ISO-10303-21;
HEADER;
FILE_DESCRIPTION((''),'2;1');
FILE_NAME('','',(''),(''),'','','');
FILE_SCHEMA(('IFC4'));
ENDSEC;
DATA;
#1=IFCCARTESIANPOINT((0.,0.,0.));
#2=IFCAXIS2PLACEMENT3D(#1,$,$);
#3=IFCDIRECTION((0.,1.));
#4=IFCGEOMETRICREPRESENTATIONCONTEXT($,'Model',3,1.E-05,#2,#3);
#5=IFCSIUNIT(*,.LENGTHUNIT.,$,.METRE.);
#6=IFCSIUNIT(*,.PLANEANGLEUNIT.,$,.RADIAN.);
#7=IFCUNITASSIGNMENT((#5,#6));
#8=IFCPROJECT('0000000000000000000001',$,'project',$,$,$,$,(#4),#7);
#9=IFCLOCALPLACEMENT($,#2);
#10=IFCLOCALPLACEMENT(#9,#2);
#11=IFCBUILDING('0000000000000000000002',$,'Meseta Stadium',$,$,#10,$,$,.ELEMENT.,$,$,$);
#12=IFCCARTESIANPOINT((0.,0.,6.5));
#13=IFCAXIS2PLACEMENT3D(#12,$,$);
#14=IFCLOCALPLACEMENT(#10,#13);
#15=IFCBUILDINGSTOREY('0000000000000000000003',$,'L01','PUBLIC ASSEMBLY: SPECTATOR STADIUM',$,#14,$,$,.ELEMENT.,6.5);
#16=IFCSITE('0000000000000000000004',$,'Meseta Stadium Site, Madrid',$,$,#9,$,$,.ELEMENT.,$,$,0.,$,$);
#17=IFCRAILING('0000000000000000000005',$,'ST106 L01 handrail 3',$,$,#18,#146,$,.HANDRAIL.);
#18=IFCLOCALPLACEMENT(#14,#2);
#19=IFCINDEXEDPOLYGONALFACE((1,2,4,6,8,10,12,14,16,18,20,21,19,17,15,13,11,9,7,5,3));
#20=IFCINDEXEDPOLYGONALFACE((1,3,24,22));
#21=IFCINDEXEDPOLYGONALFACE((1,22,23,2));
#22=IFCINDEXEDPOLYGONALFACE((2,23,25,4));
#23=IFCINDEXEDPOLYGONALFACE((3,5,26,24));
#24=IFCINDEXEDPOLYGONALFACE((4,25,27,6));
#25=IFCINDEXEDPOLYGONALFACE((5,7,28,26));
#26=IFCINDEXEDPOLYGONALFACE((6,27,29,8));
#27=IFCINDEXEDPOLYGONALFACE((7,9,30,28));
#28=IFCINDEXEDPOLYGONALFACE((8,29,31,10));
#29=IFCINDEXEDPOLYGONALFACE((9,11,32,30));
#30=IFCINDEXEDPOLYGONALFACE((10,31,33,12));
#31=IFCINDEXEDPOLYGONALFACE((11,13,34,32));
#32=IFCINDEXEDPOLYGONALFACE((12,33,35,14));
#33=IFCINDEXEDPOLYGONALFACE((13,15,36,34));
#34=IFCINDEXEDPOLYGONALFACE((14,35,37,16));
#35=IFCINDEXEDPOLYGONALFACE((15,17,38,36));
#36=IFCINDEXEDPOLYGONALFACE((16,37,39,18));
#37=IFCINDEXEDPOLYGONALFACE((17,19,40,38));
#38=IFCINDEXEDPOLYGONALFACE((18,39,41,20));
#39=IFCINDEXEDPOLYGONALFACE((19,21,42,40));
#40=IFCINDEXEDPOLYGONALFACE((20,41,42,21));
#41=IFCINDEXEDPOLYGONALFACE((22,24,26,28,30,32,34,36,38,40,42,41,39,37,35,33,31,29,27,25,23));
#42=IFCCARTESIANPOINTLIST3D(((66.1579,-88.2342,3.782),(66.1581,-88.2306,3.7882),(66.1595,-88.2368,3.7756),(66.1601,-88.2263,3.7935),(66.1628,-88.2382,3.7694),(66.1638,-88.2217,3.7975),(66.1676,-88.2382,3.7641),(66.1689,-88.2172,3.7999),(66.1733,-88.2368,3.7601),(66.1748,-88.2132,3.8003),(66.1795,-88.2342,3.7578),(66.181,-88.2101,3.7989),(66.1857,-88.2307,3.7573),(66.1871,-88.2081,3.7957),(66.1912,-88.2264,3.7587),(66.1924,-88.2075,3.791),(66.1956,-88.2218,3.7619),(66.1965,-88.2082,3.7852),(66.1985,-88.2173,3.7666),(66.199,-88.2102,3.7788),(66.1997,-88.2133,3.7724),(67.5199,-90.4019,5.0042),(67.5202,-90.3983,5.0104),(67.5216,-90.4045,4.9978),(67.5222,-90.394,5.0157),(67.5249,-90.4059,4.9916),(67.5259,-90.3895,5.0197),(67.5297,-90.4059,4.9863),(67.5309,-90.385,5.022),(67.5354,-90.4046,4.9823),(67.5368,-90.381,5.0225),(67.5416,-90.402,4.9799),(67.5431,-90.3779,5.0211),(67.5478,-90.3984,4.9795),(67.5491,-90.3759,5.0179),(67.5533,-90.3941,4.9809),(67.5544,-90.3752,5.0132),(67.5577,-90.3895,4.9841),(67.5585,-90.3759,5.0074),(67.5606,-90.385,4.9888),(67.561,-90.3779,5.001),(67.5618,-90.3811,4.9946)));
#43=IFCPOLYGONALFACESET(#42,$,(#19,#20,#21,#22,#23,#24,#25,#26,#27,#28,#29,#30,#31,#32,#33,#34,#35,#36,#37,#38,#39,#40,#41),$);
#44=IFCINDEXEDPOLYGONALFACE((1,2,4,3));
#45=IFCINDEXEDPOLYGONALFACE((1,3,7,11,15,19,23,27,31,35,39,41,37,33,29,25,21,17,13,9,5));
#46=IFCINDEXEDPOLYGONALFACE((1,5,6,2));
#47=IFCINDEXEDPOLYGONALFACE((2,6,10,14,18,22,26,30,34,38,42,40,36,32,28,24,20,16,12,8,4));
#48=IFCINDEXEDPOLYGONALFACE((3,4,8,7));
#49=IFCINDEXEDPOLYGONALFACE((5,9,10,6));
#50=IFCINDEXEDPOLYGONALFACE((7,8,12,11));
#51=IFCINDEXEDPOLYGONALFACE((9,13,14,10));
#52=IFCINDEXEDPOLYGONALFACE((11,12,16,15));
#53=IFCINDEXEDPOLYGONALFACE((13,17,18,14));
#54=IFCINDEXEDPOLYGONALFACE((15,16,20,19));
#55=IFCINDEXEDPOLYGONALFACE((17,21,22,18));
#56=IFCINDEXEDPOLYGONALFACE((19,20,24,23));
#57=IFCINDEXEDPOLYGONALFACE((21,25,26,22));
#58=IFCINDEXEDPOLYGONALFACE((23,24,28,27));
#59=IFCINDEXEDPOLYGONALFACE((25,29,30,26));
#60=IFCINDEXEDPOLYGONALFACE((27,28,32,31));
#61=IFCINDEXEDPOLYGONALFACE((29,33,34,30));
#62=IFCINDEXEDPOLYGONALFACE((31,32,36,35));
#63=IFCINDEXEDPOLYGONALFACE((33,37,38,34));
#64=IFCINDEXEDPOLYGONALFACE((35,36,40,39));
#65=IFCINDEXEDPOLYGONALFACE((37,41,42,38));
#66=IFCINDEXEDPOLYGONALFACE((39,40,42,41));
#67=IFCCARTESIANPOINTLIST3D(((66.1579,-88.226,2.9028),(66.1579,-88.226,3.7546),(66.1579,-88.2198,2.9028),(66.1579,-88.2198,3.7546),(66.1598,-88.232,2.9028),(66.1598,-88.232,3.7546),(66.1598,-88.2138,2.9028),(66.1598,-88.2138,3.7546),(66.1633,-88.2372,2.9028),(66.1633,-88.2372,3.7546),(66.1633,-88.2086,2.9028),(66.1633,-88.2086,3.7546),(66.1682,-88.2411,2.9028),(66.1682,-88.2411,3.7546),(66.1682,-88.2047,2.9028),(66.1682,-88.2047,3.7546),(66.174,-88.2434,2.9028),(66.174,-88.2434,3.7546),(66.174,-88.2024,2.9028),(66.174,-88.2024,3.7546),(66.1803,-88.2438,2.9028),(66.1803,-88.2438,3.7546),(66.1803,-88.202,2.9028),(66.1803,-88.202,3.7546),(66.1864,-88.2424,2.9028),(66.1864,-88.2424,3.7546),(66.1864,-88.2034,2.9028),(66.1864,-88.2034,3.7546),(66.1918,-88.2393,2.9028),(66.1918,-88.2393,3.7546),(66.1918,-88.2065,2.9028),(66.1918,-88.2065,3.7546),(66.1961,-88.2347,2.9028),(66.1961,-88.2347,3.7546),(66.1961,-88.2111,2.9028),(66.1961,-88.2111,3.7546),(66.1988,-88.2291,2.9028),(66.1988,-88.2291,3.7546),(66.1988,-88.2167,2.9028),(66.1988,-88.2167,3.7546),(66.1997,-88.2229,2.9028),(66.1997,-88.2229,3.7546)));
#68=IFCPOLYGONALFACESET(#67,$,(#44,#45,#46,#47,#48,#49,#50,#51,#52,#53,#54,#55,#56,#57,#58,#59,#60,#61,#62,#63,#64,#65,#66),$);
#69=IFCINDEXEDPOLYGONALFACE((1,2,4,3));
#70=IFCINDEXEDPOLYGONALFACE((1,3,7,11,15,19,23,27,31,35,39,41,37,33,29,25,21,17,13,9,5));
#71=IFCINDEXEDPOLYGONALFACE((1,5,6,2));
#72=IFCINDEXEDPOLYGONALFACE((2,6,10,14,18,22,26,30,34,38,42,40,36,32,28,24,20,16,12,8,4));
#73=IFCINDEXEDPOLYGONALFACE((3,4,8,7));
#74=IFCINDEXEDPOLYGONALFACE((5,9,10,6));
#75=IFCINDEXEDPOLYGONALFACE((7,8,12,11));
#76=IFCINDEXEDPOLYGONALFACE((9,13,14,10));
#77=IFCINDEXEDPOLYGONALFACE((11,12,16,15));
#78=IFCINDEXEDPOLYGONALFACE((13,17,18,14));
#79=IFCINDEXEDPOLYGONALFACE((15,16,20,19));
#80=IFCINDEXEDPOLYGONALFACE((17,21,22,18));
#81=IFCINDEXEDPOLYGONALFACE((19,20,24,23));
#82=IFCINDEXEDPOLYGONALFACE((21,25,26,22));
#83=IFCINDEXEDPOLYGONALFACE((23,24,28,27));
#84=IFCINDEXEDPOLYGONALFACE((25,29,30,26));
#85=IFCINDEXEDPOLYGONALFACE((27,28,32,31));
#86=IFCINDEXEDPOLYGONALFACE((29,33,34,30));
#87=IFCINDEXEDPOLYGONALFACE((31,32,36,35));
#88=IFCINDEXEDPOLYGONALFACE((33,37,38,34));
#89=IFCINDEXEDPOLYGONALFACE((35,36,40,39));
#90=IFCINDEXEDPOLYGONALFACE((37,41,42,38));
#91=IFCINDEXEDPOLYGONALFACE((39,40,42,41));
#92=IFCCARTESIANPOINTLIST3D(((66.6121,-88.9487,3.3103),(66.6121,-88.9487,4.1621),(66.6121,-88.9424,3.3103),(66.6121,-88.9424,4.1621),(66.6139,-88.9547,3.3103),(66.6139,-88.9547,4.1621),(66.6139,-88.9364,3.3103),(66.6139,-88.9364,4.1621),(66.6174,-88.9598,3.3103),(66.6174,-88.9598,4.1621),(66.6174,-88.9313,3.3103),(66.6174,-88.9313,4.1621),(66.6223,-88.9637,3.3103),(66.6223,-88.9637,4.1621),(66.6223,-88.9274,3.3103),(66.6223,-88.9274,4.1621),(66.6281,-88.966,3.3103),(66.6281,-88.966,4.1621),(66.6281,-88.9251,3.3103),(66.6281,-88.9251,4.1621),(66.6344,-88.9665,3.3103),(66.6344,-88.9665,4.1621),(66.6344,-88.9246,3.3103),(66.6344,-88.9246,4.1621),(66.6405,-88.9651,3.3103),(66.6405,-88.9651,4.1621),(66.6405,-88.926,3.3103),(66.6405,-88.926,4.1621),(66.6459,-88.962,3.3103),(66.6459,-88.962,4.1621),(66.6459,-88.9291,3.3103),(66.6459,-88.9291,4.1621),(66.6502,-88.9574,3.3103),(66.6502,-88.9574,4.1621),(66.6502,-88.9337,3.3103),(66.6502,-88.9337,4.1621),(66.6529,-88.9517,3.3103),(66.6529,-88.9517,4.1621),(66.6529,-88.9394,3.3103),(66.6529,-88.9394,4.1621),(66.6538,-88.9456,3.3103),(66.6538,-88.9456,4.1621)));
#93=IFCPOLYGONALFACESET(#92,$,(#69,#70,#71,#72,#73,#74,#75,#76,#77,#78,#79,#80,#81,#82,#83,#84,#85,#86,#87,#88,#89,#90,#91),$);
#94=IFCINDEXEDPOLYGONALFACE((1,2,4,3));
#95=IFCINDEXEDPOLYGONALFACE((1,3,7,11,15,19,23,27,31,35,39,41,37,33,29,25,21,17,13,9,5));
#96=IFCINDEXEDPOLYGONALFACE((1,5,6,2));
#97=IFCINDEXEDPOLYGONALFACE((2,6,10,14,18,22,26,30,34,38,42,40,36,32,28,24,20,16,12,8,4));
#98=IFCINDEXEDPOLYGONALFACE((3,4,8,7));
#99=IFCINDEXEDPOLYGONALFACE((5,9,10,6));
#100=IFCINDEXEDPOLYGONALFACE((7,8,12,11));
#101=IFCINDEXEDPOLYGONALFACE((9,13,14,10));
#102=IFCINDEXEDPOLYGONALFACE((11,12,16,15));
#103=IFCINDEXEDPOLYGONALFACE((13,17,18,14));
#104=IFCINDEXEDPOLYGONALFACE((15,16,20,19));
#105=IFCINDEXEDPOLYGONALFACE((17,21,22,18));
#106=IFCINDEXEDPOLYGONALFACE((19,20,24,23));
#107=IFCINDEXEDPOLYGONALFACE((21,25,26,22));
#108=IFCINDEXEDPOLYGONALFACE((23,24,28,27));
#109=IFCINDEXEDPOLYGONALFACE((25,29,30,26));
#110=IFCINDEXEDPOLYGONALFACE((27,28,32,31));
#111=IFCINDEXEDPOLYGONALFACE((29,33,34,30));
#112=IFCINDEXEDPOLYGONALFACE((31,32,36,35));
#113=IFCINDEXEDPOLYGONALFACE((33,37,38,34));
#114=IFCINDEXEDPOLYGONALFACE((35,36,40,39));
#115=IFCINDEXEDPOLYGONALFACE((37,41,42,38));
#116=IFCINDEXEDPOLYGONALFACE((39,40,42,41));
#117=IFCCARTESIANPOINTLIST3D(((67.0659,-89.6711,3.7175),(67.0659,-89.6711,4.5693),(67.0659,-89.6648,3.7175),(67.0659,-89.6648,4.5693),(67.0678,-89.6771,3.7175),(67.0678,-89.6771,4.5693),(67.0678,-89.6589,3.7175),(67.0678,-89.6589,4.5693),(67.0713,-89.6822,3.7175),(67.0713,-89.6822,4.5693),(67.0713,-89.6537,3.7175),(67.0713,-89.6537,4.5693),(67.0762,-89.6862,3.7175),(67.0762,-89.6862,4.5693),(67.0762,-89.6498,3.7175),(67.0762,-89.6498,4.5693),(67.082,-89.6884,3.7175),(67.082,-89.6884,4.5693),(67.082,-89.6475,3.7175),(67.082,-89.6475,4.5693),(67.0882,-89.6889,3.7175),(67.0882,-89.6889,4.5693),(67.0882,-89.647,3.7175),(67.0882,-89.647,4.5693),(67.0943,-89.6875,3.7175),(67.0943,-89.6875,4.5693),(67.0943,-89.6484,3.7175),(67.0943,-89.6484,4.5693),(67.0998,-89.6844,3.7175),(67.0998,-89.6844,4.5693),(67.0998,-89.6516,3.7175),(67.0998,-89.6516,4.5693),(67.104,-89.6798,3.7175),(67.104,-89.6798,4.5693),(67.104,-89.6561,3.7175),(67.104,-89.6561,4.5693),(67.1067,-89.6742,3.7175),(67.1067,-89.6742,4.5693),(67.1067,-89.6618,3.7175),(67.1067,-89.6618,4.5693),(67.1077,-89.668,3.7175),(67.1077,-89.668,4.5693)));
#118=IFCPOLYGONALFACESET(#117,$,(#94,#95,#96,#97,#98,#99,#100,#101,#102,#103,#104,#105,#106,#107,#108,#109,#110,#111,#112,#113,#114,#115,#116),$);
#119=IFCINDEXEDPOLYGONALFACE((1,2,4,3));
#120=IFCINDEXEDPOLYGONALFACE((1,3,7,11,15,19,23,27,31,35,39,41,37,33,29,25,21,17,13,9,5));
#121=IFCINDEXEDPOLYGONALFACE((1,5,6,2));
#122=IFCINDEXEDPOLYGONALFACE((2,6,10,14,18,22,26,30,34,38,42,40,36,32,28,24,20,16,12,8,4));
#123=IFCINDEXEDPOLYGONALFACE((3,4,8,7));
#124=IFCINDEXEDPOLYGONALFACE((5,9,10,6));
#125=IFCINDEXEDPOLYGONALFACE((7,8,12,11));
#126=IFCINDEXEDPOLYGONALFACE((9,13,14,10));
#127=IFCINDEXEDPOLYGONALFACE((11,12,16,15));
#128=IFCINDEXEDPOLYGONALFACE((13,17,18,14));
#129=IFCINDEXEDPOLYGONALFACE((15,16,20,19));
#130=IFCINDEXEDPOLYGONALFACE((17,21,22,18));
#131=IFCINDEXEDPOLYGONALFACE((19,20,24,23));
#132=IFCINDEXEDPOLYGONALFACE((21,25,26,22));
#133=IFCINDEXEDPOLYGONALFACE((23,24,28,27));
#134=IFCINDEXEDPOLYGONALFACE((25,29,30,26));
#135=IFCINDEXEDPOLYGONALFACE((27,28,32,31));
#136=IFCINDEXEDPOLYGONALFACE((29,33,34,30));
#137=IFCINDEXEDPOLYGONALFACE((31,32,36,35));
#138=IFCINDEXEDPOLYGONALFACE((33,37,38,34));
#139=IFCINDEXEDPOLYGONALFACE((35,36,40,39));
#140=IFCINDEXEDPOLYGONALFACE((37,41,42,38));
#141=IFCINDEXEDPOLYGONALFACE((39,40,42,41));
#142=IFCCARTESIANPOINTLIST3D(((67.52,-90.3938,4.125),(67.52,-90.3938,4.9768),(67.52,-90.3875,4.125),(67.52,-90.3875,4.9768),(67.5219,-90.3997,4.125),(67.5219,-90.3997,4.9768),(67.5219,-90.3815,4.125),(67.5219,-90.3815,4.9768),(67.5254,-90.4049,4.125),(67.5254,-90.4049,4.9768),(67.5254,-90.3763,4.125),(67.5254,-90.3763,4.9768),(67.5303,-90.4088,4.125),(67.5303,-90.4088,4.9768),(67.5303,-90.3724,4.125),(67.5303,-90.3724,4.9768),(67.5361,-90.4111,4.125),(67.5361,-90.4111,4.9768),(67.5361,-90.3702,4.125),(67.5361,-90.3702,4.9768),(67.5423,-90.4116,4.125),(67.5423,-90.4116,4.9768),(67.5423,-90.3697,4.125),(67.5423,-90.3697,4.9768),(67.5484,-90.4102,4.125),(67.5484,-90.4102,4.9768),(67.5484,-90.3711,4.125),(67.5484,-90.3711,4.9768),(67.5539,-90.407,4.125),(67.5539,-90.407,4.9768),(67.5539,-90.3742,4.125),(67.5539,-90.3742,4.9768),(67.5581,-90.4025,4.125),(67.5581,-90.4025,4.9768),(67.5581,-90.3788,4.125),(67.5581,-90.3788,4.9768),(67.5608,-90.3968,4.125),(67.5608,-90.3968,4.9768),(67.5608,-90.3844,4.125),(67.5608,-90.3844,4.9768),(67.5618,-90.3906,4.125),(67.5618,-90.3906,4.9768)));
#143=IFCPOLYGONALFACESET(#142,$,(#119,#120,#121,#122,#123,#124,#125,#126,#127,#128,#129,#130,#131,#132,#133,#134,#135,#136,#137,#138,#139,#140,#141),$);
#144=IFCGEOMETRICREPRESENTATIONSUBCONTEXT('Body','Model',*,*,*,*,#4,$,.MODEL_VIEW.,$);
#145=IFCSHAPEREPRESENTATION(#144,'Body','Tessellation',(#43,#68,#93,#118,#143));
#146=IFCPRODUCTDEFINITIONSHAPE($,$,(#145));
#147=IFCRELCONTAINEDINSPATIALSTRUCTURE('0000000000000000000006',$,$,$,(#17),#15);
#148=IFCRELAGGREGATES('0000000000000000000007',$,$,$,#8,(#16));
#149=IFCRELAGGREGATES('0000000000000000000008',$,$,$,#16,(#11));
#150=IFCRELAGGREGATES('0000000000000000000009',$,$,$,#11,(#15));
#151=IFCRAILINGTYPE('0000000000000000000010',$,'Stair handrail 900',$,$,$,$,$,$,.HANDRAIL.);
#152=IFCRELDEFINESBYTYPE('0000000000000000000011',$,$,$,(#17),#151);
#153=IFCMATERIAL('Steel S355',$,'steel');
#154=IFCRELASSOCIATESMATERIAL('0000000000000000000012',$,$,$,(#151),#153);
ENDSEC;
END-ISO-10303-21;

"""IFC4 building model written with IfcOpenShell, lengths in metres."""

from ifc_helpers import new_model, si_unit, direction, frame, origin, origin_2d, place, context, subcontext, project, spatial, circle, extrude, material, type_object, element, save


model = new_model("IFC4")

# Units and contexts
model_context = context("Model", 3, precision=1e-05, world=origin(), true_north=direction((0.0, 1.0)))
body_context = subcontext(model_context, "Body", "Model", "MODEL_VIEW")
ifc_project = project(units=[si_unit("LENGTHUNIT", "METRE"), si_unit("PLANEANGLEUNIT", "RADIAN")], contexts=[model_context])

# Site, building, storey
site_placement = place(None, origin())
site = spatial("IfcSite", under=ifc_project, at=site_placement, Name="Meseta Stadium Site, Madrid", CompositionType="ELEMENT", RefElevation=0.0)
building_placement = place(site_placement, origin())
building = spatial("IfcBuilding", under=site, at=building_placement, Name="Meseta Stadium", CompositionType="ELEMENT")
storey_placement = place(building_placement, frame((0.0, 0.0, 6.5)))
storey = spatial("IfcBuildingStorey", under=building, at=storey_placement, Name="L01", Description="PUBLIC ASSEMBLY: SPECTATOR STADIUM", CompositionType="ELEMENT", Elevation=6.5)

# Railing
ifc_material_1 = material(Name="Steel S355", Category="steel")
railing_type_1 = type_object("IfcRailingType", Name="Stair handrail 900", PredefinedType="HANDRAIL", material=ifc_material_1)
for number, where, name in (
    (1, (66.1787, -88.2229, 2.9028), "ST106 L01 handrail 3"),
):
    element("IfcRailing", number, at=place(storey_placement, frame(where)), inside=storey, type_object=railing_type_1, Name=name, PredefinedType="HANDRAIL", context=body_context, shape_type="SweptSolid", body=[
        extrude(circle(Radius=0.0239, at=origin_2d()), frame((0.0, 0.0, 0.876), z_axis=(0.480125, -0.764121, 0.430813), x_axis=(0.846726, 0.532029, 0.0)), (0.0, 0.0, 1.0), 2.8369),
        extrude(circle(Radius=0.021, at=origin_2d()), origin(), (0.0, 0.0, 1.0), 0.8518),
        extrude(circle(Radius=0.021, at=origin_2d()), frame((0.4541, -0.7227, 0.4075)), (0.0, 0.0, 1.0), 0.8518),
        extrude(circle(Radius=0.021, at=origin_2d()), frame((0.908, -1.4451, 0.8147)), (0.0, 0.0, 1.0), 0.8518),
        extrude(circle(Radius=0.021, at=origin_2d()), frame((1.3621, -2.1677, 1.2222)), (0.0, 0.0, 1.0), 0.8518),
    ])

save(model, "model.ifc")
